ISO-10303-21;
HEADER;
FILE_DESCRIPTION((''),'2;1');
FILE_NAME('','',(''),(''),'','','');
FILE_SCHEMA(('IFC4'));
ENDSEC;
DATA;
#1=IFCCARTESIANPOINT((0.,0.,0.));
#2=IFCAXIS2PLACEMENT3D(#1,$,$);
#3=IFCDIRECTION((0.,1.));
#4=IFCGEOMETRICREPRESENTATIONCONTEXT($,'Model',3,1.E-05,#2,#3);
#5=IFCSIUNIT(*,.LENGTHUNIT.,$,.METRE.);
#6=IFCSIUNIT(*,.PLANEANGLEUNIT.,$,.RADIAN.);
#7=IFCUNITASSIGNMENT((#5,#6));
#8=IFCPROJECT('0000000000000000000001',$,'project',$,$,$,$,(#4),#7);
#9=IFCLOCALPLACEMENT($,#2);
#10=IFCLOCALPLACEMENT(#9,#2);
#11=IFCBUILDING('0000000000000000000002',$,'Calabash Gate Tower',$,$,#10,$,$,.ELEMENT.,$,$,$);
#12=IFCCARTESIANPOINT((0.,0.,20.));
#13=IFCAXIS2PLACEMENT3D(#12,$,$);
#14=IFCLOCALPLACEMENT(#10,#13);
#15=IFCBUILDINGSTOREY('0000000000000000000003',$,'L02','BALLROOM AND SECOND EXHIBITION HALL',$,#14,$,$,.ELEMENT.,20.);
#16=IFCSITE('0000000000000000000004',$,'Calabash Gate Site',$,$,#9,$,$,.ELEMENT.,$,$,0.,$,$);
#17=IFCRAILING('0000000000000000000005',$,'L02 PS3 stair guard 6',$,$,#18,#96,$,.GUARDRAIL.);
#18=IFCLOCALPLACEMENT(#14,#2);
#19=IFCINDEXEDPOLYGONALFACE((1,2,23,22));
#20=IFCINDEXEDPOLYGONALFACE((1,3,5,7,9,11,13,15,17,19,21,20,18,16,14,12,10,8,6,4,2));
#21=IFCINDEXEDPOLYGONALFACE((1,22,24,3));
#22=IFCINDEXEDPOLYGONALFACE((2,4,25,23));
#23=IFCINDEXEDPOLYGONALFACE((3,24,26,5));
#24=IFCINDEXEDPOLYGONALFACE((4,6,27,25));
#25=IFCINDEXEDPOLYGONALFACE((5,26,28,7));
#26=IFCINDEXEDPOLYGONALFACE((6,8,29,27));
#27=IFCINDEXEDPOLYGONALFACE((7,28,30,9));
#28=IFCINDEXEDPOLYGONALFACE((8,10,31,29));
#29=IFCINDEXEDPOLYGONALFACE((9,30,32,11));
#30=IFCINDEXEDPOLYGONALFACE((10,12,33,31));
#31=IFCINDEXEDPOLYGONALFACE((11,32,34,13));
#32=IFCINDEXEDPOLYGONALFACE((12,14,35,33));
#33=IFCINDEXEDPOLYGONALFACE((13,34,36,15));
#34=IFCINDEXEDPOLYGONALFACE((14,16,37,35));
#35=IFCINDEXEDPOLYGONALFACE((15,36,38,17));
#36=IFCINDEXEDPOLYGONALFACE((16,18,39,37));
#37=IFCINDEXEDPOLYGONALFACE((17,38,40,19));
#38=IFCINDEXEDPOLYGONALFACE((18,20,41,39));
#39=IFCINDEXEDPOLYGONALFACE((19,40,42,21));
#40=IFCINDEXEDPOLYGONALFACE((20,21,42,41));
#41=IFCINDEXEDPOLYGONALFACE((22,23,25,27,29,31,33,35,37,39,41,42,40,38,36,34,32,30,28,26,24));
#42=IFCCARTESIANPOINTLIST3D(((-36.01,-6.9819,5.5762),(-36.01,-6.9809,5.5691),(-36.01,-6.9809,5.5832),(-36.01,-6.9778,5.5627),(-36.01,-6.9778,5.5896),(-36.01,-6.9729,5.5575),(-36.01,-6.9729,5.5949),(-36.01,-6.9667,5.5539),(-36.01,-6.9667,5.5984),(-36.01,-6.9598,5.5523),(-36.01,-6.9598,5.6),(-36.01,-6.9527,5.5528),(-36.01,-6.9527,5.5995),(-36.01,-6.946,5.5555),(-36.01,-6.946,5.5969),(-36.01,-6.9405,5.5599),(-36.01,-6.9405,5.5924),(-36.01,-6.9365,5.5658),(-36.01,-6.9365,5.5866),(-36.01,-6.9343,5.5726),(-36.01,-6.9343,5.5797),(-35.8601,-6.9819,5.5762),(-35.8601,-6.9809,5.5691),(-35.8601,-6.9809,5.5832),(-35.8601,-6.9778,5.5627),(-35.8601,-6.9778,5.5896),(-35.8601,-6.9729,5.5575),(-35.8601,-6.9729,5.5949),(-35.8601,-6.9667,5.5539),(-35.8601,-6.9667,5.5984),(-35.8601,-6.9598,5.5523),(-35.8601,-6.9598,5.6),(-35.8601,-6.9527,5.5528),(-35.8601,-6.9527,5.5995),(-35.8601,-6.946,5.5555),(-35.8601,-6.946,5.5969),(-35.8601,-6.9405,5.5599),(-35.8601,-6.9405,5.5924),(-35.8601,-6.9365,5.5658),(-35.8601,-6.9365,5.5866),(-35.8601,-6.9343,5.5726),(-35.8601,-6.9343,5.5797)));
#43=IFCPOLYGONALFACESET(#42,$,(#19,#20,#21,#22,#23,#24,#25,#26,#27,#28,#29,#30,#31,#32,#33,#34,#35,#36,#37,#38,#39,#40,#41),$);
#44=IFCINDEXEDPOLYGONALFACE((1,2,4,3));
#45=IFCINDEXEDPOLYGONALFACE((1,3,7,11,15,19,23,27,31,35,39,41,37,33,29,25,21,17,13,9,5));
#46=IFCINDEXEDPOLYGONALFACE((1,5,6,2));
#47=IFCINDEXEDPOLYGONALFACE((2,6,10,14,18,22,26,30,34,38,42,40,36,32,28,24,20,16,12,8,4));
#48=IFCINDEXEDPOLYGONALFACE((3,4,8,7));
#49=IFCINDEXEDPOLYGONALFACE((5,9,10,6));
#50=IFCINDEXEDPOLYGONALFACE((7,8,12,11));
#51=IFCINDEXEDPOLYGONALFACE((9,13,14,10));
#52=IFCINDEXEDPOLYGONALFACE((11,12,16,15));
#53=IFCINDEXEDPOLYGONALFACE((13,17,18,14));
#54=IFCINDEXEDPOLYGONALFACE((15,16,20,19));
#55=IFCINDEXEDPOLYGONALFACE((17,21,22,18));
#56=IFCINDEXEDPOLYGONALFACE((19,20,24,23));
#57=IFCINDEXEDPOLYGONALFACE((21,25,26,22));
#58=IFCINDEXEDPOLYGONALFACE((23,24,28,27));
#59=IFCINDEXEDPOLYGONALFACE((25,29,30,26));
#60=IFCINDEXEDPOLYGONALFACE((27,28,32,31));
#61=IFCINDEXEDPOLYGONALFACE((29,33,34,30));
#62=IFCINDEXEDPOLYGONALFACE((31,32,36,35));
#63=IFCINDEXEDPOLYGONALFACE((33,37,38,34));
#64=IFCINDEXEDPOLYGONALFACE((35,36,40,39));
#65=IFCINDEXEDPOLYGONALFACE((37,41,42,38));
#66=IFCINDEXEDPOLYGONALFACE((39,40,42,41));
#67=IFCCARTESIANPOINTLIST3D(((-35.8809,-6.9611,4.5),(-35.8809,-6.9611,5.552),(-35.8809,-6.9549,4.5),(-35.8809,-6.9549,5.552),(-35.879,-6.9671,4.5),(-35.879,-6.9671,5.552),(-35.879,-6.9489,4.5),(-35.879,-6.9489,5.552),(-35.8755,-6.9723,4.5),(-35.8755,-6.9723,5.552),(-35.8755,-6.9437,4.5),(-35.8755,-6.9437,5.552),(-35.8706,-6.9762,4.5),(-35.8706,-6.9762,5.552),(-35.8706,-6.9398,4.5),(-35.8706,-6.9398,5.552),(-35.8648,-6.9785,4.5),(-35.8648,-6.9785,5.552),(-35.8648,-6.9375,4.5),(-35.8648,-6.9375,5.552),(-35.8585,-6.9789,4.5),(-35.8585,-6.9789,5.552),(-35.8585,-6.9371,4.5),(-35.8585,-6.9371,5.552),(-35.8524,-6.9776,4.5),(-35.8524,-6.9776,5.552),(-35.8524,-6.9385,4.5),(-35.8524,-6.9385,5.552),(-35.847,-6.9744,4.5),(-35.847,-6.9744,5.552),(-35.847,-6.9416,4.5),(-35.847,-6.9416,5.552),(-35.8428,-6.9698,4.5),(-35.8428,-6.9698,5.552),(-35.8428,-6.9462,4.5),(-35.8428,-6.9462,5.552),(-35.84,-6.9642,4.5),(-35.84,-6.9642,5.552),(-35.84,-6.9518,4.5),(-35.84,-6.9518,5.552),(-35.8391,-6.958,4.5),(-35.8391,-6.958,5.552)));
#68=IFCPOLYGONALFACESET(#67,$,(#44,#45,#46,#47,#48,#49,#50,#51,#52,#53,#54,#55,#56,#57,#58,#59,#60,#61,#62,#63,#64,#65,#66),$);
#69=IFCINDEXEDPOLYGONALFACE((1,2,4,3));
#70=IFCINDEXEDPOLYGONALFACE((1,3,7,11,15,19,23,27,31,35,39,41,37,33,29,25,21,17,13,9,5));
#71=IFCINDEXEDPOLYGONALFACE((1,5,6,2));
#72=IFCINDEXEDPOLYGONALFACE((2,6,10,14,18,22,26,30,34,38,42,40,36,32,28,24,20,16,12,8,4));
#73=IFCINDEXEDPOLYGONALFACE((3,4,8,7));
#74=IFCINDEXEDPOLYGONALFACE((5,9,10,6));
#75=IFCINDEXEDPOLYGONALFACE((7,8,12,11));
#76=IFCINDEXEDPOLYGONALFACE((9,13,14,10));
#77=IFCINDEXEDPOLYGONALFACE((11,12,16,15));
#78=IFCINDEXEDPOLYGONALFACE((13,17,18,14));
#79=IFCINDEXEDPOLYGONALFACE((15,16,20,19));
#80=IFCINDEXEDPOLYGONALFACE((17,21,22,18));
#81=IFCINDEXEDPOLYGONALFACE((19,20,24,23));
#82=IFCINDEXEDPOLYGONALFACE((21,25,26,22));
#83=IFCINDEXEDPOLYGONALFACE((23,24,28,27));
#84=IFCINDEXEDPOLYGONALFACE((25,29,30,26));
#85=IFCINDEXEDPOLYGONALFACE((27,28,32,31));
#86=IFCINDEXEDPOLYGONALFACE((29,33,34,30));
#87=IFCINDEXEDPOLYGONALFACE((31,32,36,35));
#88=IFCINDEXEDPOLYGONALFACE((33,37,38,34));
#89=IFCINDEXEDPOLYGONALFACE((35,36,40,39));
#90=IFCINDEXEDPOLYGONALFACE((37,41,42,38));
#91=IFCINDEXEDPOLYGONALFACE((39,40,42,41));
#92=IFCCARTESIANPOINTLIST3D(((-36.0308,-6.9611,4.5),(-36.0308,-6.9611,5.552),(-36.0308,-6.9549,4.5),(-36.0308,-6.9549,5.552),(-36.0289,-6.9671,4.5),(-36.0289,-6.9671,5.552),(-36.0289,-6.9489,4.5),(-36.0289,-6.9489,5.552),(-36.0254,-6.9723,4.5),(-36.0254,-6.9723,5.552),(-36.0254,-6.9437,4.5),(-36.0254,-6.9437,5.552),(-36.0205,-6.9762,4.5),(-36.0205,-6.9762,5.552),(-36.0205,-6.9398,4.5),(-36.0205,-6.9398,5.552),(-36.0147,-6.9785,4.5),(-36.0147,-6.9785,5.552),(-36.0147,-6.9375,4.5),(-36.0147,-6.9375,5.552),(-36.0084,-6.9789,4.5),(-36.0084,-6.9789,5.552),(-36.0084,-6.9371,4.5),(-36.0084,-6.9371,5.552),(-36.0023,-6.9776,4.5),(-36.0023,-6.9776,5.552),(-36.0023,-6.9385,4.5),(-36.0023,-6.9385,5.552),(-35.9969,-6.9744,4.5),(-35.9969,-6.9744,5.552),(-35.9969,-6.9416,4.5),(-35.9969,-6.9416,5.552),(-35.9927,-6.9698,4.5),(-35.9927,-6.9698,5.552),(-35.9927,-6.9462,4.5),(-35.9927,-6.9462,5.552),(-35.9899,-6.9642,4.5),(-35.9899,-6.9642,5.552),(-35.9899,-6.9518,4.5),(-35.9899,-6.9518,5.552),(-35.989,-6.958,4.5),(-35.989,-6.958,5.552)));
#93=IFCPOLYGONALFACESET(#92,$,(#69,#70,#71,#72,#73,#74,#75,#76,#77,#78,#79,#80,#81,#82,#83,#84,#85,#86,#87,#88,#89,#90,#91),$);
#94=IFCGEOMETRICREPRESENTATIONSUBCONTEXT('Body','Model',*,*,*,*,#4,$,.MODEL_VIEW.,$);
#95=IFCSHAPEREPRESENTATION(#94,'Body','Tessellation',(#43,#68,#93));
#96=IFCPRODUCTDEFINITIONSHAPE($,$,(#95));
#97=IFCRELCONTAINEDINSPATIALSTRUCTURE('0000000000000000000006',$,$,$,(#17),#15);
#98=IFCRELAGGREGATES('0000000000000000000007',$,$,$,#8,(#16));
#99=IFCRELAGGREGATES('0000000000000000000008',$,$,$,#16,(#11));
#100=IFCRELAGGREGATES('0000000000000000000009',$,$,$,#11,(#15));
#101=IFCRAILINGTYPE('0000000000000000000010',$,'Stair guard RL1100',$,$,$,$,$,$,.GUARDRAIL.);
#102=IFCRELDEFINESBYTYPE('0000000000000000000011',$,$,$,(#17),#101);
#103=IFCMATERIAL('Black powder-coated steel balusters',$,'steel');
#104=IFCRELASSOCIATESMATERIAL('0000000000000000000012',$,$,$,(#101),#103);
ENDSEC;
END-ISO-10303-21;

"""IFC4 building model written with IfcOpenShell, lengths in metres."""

from ifc_helpers import new_model, si_unit, direction, frame, origin, origin_2d, place, context, subcontext, project, spatial, circle, extrude, material, type_object, element, save


model = new_model("IFC4")

# Units and contexts
model_context = context("Model", 3, precision=1e-05, world=origin(), true_north=direction((0.0, 1.0)))
body_context = subcontext(model_context, "Body", "Model", "MODEL_VIEW")
ifc_project = project(units=[si_unit("LENGTHUNIT", "METRE"), si_unit("PLANEANGLEUNIT", "RADIAN")], contexts=[model_context])

# Site, building, storey
site_placement = place(None, origin())
site = spatial("IfcSite", under=ifc_project, at=site_placement, Name="Calabash Gate Site", CompositionType="ELEMENT", RefElevation=0.0)
building_placement = place(site_placement, origin())
building = spatial("IfcBuilding", under=site, at=building_placement, Name="Calabash Gate Tower", CompositionType="ELEMENT")
storey_placement = place(building_placement, frame((0.0, 0.0, 20.0)))
storey = spatial("IfcBuildingStorey", under=building, at=storey_placement, Name="L02", Description="BALLROOM AND SECOND EXHIBITION HALL", CompositionType="ELEMENT", Elevation=20.0)

# Railing
ifc_material_1 = material(Name="Black powder-coated steel balusters", Category="steel")
railing_type_1 = type_object("IfcRailingType", Name="Stair guard RL1100", PredefinedType="GUARDRAIL", material=ifc_material_1)
railing_1_placement = place(storey_placement, frame((-35.8601, -6.958, 4.5)))
element("IfcRailing", 1, at=railing_1_placement, inside=storey, type_object=railing_type_1, Name="L02 PS3 stair guard 6", PredefinedType="GUARDRAIL", context=body_context, shape_type="SweptSolid", body=[
    extrude(circle(Radius=0.0239, at=origin_2d()), frame((0.0, 0.0, 1.0762), z_axis=(-1.0, 0.0, 0.0), x_axis=(0.0, -1.0, 0.0)), (0.0, 0.0, 1.0), 0.1499),
    extrude(circle(Radius=0.021, at=origin_2d()), origin(), (0.0, 0.0, 1.0), 1.052),
    extrude(circle(Radius=0.021, at=origin_2d()), frame((-0.1499, 0.0, 0.0)), (0.0, 0.0, 1.0), 1.052),
])

save(model, "model.ifc")
